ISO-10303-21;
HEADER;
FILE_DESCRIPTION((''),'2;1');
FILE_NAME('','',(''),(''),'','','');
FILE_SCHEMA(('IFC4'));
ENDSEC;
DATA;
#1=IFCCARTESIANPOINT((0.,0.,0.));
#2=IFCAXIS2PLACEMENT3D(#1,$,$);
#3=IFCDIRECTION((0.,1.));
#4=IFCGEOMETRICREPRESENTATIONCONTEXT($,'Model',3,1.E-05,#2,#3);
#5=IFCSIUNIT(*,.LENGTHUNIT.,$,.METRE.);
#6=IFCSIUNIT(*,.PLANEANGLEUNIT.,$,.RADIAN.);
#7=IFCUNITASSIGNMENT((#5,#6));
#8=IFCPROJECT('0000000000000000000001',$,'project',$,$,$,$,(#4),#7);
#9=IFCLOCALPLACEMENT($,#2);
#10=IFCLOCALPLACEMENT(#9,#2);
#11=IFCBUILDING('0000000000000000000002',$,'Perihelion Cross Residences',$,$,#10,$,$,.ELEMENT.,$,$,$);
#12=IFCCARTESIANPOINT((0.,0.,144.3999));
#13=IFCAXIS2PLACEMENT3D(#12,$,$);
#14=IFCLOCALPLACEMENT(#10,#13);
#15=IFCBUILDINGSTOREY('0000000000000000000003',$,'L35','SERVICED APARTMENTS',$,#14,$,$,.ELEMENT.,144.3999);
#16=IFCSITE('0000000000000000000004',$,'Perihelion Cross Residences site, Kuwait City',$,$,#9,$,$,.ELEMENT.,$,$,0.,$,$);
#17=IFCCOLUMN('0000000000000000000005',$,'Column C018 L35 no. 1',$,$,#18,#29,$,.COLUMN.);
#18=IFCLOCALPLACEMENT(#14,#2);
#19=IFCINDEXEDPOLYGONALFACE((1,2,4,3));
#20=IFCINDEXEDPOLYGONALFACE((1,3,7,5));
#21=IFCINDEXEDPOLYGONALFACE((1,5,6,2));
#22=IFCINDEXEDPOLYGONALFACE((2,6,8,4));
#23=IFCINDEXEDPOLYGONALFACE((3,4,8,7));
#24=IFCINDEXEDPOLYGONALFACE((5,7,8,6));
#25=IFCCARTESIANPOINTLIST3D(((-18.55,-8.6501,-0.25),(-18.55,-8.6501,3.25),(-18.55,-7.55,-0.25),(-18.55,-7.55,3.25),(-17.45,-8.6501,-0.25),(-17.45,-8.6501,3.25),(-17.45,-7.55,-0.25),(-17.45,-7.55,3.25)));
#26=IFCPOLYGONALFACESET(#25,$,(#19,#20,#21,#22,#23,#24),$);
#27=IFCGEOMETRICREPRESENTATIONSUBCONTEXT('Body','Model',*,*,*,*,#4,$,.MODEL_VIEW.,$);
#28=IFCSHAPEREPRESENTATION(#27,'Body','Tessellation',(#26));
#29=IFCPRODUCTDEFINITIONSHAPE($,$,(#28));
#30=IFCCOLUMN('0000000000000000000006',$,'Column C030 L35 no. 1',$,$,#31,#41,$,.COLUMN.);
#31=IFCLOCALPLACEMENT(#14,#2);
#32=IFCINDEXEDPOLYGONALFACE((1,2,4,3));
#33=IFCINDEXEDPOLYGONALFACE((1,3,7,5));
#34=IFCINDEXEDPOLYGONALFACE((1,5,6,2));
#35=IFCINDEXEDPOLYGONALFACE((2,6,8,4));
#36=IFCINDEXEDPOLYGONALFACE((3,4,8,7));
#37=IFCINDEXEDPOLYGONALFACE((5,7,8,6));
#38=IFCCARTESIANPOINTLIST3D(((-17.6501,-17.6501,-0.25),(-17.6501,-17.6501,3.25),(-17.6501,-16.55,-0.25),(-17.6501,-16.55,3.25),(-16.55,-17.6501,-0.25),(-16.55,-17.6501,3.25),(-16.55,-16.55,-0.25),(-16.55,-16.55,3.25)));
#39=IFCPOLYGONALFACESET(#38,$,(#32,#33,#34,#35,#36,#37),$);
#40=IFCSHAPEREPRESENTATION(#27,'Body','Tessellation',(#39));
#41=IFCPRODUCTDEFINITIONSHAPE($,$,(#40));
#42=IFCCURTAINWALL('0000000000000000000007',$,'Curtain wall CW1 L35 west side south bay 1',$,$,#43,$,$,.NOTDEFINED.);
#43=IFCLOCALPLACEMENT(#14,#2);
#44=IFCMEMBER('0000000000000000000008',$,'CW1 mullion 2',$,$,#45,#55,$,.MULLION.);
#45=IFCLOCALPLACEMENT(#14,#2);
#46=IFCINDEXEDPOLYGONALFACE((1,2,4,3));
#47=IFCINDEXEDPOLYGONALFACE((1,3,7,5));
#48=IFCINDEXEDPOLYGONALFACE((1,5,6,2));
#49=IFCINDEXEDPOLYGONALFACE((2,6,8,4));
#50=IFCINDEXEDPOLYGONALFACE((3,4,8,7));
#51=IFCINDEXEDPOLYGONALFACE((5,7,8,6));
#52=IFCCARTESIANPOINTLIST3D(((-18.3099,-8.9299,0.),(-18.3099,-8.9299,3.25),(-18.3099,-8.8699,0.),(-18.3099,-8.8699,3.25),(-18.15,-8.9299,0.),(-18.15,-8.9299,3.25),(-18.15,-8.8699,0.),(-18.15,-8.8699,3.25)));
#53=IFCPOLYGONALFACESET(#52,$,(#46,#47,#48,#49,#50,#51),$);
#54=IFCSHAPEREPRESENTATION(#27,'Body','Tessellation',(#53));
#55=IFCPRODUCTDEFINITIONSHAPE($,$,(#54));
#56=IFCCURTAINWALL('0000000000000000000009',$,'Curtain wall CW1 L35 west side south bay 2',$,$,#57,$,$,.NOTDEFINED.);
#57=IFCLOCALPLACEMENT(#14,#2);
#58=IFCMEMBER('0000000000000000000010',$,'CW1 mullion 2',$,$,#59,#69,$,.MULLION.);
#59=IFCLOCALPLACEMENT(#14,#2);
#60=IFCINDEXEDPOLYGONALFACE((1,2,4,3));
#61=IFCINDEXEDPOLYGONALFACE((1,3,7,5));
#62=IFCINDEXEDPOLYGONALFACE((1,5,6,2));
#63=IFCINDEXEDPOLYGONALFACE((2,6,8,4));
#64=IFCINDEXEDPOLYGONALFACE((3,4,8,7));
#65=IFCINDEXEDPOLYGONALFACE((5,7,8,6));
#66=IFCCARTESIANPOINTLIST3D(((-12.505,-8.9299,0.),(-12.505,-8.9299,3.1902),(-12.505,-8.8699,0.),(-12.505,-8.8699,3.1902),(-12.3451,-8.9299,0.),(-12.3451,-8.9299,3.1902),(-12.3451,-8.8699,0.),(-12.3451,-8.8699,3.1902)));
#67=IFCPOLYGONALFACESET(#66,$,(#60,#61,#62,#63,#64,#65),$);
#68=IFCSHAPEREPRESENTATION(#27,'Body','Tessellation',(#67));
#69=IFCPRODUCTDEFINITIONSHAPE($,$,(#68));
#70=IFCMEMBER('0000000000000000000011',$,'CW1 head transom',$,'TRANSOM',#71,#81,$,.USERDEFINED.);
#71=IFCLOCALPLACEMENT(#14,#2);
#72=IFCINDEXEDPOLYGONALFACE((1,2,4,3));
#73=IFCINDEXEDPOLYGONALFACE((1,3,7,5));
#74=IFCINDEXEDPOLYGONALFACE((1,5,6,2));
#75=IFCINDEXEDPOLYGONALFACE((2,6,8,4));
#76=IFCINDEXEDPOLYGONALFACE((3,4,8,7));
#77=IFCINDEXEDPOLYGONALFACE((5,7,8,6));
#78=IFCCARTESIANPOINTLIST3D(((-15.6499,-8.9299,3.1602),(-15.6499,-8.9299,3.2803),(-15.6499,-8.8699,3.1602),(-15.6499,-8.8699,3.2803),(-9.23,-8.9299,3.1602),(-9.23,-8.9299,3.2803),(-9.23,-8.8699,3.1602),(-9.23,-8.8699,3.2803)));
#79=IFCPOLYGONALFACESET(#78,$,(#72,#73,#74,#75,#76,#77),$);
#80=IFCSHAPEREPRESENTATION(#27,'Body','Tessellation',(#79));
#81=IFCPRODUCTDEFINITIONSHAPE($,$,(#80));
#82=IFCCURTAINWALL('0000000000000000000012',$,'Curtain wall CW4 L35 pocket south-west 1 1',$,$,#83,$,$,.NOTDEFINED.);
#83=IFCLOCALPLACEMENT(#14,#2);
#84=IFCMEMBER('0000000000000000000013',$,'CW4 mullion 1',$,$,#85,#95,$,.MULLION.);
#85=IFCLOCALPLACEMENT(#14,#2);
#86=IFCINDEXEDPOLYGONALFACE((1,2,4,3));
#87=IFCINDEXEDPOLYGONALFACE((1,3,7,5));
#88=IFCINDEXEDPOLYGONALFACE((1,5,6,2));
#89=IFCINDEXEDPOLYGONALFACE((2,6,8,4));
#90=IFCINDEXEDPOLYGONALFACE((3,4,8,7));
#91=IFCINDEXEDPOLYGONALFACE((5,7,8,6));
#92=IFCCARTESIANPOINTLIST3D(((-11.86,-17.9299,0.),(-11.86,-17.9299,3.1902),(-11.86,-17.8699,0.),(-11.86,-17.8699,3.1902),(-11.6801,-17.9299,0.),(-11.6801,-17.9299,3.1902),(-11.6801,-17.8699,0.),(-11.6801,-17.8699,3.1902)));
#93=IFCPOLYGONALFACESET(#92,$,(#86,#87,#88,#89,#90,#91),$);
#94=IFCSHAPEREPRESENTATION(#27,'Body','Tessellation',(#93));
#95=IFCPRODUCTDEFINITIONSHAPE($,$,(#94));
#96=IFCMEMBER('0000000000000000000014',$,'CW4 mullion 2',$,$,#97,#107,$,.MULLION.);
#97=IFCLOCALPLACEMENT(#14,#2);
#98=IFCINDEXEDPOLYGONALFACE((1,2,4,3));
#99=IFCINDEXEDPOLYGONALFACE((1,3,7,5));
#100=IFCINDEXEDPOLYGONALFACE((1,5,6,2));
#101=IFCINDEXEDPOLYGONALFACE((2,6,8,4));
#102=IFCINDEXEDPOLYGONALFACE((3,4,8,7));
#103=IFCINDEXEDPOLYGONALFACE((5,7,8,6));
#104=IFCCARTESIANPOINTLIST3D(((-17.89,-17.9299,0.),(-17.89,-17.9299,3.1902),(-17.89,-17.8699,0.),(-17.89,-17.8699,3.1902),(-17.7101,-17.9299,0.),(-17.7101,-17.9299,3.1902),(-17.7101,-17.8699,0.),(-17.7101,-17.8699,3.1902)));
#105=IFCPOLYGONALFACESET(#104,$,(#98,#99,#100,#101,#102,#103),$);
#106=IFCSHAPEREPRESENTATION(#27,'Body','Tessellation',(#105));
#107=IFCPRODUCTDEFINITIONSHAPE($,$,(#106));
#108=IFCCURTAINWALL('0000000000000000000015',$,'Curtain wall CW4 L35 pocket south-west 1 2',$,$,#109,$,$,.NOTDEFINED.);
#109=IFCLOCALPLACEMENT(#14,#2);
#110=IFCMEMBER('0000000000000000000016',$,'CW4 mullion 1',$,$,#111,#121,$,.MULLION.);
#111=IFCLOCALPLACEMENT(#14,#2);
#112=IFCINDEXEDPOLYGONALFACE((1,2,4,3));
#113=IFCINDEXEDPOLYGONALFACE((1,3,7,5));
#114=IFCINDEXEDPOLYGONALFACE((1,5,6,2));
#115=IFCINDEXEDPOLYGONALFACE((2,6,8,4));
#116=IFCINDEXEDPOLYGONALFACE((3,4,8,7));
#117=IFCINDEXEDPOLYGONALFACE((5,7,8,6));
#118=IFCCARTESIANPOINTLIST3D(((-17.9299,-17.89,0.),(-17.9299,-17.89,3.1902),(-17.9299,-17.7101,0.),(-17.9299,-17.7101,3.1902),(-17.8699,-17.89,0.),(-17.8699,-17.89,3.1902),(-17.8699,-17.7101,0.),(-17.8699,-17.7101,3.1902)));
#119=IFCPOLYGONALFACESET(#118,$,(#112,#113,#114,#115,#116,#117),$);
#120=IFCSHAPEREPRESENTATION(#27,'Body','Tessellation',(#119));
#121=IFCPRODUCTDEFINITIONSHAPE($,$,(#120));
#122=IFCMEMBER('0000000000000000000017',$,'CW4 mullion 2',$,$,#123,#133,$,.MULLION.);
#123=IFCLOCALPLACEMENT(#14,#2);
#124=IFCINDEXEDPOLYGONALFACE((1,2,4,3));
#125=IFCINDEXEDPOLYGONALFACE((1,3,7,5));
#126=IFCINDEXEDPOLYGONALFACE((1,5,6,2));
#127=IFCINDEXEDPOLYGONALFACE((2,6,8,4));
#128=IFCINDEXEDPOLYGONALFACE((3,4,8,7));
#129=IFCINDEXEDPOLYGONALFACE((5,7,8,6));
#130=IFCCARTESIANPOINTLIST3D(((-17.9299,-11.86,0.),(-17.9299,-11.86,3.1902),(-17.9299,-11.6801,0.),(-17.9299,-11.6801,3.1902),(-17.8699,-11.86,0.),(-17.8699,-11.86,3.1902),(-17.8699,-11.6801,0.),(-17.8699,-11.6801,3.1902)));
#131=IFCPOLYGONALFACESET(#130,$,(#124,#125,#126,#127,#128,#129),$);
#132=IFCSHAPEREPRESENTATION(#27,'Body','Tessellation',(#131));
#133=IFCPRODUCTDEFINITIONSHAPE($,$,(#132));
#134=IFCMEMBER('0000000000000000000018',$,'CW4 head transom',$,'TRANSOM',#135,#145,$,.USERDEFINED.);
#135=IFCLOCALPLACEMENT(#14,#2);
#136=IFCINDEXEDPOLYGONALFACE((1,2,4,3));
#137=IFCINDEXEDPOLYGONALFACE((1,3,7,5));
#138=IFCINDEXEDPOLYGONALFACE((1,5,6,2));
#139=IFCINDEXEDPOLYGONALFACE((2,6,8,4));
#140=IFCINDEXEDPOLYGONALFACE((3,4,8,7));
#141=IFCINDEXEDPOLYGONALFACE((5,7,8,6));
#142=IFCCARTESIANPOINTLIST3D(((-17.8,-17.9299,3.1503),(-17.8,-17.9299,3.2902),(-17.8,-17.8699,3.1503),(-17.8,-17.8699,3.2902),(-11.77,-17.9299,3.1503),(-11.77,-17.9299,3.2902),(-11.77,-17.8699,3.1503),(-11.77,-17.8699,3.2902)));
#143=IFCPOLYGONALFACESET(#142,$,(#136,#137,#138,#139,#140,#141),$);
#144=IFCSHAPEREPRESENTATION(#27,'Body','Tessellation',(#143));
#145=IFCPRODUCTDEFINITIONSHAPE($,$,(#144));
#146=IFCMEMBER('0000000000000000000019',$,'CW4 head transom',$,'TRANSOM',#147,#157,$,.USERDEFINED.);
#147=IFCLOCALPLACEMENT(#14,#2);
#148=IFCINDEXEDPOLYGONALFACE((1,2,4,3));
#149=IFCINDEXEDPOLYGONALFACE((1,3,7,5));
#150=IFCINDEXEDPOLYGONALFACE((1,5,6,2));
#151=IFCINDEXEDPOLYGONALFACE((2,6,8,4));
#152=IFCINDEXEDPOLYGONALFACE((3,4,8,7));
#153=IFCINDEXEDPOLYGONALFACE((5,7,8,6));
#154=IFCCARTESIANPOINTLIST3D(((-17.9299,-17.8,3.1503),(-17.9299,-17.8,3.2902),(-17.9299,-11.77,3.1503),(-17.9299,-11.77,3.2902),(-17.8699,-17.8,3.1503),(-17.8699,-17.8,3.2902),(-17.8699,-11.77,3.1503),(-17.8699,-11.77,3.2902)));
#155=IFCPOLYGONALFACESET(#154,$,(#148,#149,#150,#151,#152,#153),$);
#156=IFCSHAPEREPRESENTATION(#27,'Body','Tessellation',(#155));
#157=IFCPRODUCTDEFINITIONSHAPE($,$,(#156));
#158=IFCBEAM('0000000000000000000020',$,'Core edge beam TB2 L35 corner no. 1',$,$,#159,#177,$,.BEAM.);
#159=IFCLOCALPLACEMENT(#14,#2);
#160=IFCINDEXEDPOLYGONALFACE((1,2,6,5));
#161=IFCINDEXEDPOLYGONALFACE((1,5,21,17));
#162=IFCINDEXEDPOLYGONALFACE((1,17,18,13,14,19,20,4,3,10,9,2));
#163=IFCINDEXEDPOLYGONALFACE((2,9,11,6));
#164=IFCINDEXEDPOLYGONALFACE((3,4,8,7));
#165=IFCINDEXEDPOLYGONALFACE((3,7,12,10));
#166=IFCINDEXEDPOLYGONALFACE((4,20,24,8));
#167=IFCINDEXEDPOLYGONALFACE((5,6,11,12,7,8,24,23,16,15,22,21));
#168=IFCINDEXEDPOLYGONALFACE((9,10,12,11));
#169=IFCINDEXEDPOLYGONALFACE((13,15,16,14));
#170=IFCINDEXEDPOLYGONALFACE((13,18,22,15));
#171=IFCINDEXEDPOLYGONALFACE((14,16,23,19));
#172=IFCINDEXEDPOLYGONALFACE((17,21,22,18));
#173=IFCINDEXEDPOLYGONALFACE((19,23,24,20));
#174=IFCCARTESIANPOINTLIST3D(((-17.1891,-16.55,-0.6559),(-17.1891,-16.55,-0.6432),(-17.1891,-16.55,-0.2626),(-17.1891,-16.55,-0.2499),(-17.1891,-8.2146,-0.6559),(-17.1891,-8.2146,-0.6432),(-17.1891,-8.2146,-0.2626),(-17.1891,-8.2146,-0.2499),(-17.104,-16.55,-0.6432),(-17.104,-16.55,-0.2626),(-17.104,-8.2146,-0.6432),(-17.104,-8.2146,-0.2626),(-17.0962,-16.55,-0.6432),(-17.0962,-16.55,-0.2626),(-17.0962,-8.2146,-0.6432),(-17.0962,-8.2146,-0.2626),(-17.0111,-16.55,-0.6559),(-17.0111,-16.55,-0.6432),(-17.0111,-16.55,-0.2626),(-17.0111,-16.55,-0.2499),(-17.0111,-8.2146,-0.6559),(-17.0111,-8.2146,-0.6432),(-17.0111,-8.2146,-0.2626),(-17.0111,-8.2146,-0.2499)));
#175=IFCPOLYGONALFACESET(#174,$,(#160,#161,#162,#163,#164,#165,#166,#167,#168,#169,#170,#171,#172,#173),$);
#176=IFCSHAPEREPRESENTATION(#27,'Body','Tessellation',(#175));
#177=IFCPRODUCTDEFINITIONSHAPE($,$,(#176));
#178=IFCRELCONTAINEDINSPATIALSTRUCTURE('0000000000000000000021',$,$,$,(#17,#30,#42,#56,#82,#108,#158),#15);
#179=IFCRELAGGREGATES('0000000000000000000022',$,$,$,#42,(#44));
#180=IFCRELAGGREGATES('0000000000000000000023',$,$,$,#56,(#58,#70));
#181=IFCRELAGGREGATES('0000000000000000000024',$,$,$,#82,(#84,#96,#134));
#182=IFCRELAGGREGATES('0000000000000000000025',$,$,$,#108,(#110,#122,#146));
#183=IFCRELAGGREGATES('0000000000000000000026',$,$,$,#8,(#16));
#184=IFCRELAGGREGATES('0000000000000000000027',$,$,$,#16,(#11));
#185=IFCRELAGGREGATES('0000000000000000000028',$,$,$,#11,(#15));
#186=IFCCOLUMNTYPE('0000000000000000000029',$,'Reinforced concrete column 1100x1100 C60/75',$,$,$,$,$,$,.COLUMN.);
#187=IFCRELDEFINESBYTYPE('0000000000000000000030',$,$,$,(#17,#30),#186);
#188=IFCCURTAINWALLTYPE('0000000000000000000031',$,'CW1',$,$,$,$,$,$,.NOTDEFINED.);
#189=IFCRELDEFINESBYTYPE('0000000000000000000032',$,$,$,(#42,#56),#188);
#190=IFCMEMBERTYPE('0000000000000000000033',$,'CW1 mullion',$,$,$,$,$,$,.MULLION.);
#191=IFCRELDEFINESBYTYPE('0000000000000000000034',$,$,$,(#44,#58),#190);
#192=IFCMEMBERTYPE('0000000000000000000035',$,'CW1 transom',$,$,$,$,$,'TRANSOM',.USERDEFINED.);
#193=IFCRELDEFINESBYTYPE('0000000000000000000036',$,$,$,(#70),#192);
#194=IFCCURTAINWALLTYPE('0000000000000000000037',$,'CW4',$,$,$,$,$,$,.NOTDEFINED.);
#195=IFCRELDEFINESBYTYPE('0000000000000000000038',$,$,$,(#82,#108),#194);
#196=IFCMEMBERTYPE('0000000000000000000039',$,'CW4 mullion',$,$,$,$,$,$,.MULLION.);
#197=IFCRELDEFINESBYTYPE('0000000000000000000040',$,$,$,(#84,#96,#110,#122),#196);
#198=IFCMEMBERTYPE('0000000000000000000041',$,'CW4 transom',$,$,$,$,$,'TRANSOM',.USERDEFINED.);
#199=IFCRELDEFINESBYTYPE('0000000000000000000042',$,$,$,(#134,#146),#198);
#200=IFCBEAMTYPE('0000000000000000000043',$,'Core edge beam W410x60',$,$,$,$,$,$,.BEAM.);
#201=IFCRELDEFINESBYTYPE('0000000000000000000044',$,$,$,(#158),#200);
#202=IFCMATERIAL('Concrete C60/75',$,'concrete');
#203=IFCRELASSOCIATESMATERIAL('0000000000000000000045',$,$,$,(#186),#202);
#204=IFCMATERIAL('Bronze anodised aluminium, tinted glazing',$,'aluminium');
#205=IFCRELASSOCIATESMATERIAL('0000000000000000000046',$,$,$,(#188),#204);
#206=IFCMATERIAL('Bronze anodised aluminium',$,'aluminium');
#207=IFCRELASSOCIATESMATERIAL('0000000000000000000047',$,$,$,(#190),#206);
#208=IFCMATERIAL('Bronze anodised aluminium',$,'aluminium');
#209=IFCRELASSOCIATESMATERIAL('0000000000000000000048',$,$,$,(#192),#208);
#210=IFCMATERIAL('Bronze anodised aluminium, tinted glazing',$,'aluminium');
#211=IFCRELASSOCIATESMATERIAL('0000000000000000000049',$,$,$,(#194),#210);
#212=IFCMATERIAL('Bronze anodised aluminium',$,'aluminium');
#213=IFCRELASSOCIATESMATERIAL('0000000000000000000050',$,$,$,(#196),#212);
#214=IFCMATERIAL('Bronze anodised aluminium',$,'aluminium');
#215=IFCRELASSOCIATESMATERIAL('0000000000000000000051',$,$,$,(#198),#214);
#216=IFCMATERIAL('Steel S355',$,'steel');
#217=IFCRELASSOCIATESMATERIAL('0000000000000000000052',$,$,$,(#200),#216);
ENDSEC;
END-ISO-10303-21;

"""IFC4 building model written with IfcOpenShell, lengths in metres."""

from ifc_helpers import new_model, si_unit, direction, frame, origin, origin_2d, place, context, subcontext, project, spatial, rectangle, i_section, extrude, material, material_profile, profile_set, type_object, element, aggregate, save


model = new_model("IFC4")

# Units and contexts
model_context = context("Model", 3, precision=1e-05, world=origin(), true_north=direction((0.0, 1.0)))
body_context = subcontext(model_context, "Body", "Model", "MODEL_VIEW")
ifc_project = project(units=[si_unit("LENGTHUNIT", "METRE"), si_unit("PLANEANGLEUNIT", "RADIAN")], contexts=[model_context])

# Site, building, storey
site_placement = place(None, origin())
site = spatial("IfcSite", under=ifc_project, at=site_placement, Name="Perihelion Cross Residences site, Kuwait City", CompositionType="ELEMENT", RefElevation=0.0)
building_placement = place(site_placement, origin())
building = spatial("IfcBuilding", under=site, at=building_placement, Name="Perihelion Cross Residences", CompositionType="ELEMENT")
storey_placement = place(building_placement, frame((0.0, 0.0, 144.3999)))
storey = spatial("IfcBuildingStorey", under=building, at=storey_placement, Name="L35", Description="SERVICED APARTMENTS", CompositionType="ELEMENT", Elevation=144.3999)

# Columns
ifc_material_1 = material(Name="Concrete C60/75", Category="concrete")
ifc_material_profile_1 = material_profile(ifc_material_1, rectangle(XDim=1.1001, YDim=1.1001, at=origin_2d()), Name="RC 1100x1100")
ifc_profile_set_1 = profile_set([ifc_material_profile_1], Name="Concrete C60/75")
column_type = type_object("IfcColumnType", Name="Reinforced concrete column 1100x1100 C60/75", PredefinedType="COLUMN", material=ifc_profile_set_1)
for number, where, z_axis, x_axis, name in (
    (1, (-18.0, -8.1001, -0.25), (0.0, 0.0, 1.0), (1.0, 0.0, 0.0), "Column C018 L35 no. 1"),
    (2, (-17.1001, -17.1001, -0.25), (0.0, 0.0, 1.0), (1.0, 0.0, 0.0), "Column C030 L35 no. 1"),
):
    element("IfcColumn", number, at=place(storey_placement, frame(where, z_axis=z_axis, x_axis=x_axis)), inside=storey, type_object=column_type, Name=name, PredefinedType="COLUMN", context=body_context, shape_type="SweptSolid", body=[
        extrude(rectangle(XDim=1.1001, YDim=1.1001, at=origin_2d()), origin(), (0.0, 0.0, 1.0), 3.5),
    ])

# Curtain wall, member
ifc_material_2 = material(Name="Bronze anodised aluminium, tinted glazing", Category="aluminium")
curtain_wall_type_1 = type_object("IfcCurtainWallType", Name="CW1", PredefinedType="NOTDEFINED", material=ifc_material_2)
curtain_wall_1_placement = place(storey_placement, origin())
curtain_wall_1 = element("IfcCurtainWall", 3, at=curtain_wall_1_placement, inside=storey, type_object=curtain_wall_type_1, Name="Curtain wall CW1 L35 west side south bay 1", PredefinedType="NOTDEFINED")
ifc_material_3 = material(Name="Bronze anodised aluminium", Category="aluminium")
ifc_material_profile_2 = material_profile(ifc_material_3, rectangle(XDim=0.0601, YDim=0.1599, at=origin_2d()), Name="CW1 mullion")
ifc_profile_set_2 = profile_set([ifc_material_profile_2], Name="Bronze anodised aluminium")
member_type_1 = type_object("IfcMemberType", Name="CW1 mullion", PredefinedType="MULLION", material=ifc_profile_set_2)
member_1_placement = place(storey_placement, frame((-18.23, -8.8999, 0.0), z_axis=(0.0, 0.0, 1.0), x_axis=(0.0, 1.0, 0.0)))
member_1 = element("IfcMember", 4, at=member_1_placement, type_object=member_type_1, Name="CW1 mullion 2", PredefinedType="MULLION", context=body_context, shape_type="SweptSolid", body=[
    extrude(rectangle(XDim=0.0601, YDim=0.1599, at=origin_2d()), origin(), (0.0, 0.0, 1.0), 3.25),
])

# Curtain walls, members
curtain_wall_2_placement = place(storey_placement, origin())
curtain_wall_2 = element("IfcCurtainWall", 5, at=curtain_wall_2_placement, inside=storey, type_object=curtain_wall_type_1, Name="Curtain wall CW1 L35 west side south bay 2", PredefinedType="NOTDEFINED")
member_2_placement = place(storey_placement, frame((-12.425, -8.8999, 0.0), z_axis=(0.0, 0.0, 1.0), x_axis=(0.0, 1.0, 0.0)))
member_2 = element("IfcMember", 6, at=member_2_placement, type_object=member_type_1, Name="CW1 mullion 2", PredefinedType="MULLION", context=body_context, shape_type="SweptSolid", body=[
    extrude(rectangle(XDim=0.0601, YDim=0.1599, at=origin_2d()), origin(), (0.0, 0.0, 1.0), 3.1902),
])
ifc_material_4 = material(Name="Bronze anodised aluminium", Category="aluminium")
ifc_material_profile_3 = material_profile(ifc_material_4, rectangle(XDim=0.0601, YDim=0.1201, at=origin_2d()), Name="CW1 transom")
ifc_profile_set_3 = profile_set([ifc_material_profile_3], Name="Bronze anodised aluminium")
member_type_2 = type_object("IfcMemberType", Name="CW1 transom", ElementType="TRANSOM", PredefinedType="USERDEFINED", material=ifc_profile_set_3)
member_3_placement = place(storey_placement, frame((-15.6499, -8.8999, 3.2202), z_axis=(1.0, 0.0, 0.0), x_axis=(0.0, 1.0, 0.0)))
member_3 = element("IfcMember", 7, at=member_3_placement, type_object=member_type_2, Name="CW1 head transom", ObjectType="TRANSOM", PredefinedType="USERDEFINED", context=body_context, shape_type="SweptSolid", body=[
    extrude(rectangle(XDim=0.0601, YDim=0.1201, at=origin_2d()), origin(), (0.0, 0.0, 1.0), 6.4199),
])
ifc_material_5 = material(Name="Bronze anodised aluminium, tinted glazing", Category="aluminium")
curtain_wall_type_2 = type_object("IfcCurtainWallType", Name="CW4", PredefinedType="NOTDEFINED", material=ifc_material_5)
curtain_wall_3_placement = place(storey_placement, origin())
curtain_wall_3 = element("IfcCurtainWall", 8, at=curtain_wall_3_placement, inside=storey, type_object=curtain_wall_type_2, Name="Curtain wall CW4 L35 pocket south-west 1 1", PredefinedType="NOTDEFINED")
ifc_material_6 = material(Name="Bronze anodised aluminium", Category="aluminium")
ifc_material_profile_4 = material_profile(ifc_material_6, rectangle(XDim=0.0601, YDim=0.1799, at=origin_2d()), Name="CW4 mullion")
ifc_profile_set_4 = profile_set([ifc_material_profile_4], Name="Bronze anodised aluminium")
member_type_3 = type_object("IfcMemberType", Name="CW4 mullion", PredefinedType="MULLION", material=ifc_profile_set_4)
member_4_placement = place(storey_placement, frame((-11.77, -17.8999, 0.0), z_axis=(0.0, 0.0, 1.0), x_axis=(0.0, -1.0, 0.0)))
member_4 = element("IfcMember", 9, at=member_4_placement, type_object=member_type_3, Name="CW4 mullion 1", PredefinedType="MULLION", context=body_context, shape_type="SweptSolid", body=[
    extrude(rectangle(XDim=0.0601, YDim=0.1799, at=origin_2d()), origin(), (0.0, 0.0, 1.0), 3.1902),
])
member_5_placement = place(storey_placement, frame((-17.8, -17.8999, 0.0), z_axis=(0.0, 0.0, 1.0), x_axis=(0.0, -1.0, 0.0)))
member_5 = element("IfcMember", 10, at=member_5_placement, type_object=member_type_3, Name="CW4 mullion 2", PredefinedType="MULLION", context=body_context, shape_type="SweptSolid", body=[
    extrude(rectangle(XDim=0.0601, YDim=0.1799, at=origin_2d()), origin(), (0.0, 0.0, 1.0), 3.1902),
])
curtain_wall_4_placement = place(storey_placement, origin())
curtain_wall_4 = element("IfcCurtainWall", 11, at=curtain_wall_4_placement, inside=storey, type_object=curtain_wall_type_2, Name="Curtain wall CW4 L35 pocket south-west 1 2", PredefinedType="NOTDEFINED")
member_6_placement = place(storey_placement, frame((-17.8999, -17.8, 0.0), z_axis=(0.0, 0.0, 1.0), x_axis=(-1.0, 0.0, 0.0)))
member_6 = element("IfcMember", 12, at=member_6_placement, type_object=member_type_3, Name="CW4 mullion 1", PredefinedType="MULLION", context=body_context, shape_type="SweptSolid", body=[
    extrude(rectangle(XDim=0.0601, YDim=0.1799, at=origin_2d()), origin(), (0.0, 0.0, 1.0), 3.1902),
])
member_7_placement = place(storey_placement, frame((-17.8999, -11.77, 0.0), z_axis=(0.0, 0.0, 1.0), x_axis=(-1.0, 0.0, 0.0)))
member_7 = element("IfcMember", 13, at=member_7_placement, type_object=member_type_3, Name="CW4 mullion 2", PredefinedType="MULLION", context=body_context, shape_type="SweptSolid", body=[
    extrude(rectangle(XDim=0.0601, YDim=0.1799, at=origin_2d()), origin(), (0.0, 0.0, 1.0), 3.1902),
])

# Members
ifc_material_7 = material(Name="Bronze anodised aluminium", Category="aluminium")
ifc_material_profile_5 = material_profile(ifc_material_7, rectangle(XDim=0.0601, YDim=0.1399, at=origin_2d()), Name="CW4 transom")
ifc_profile_set_5 = profile_set([ifc_material_profile_5], Name="Bronze anodised aluminium")
member_type_4 = type_object("IfcMemberType", Name="CW4 transom", ElementType="TRANSOM", PredefinedType="USERDEFINED", material=ifc_profile_set_5)
member_8_placement = place(storey_placement, frame((-11.77, -17.8999, 3.2202), z_axis=(-1.0, 0.0, 0.0), x_axis=(0.0, -1.0, 0.0)))
member_8 = element("IfcMember", 14, at=member_8_placement, type_object=member_type_4, Name="CW4 head transom", ObjectType="TRANSOM", PredefinedType="USERDEFINED", context=body_context, shape_type="SweptSolid", body=[
    extrude(rectangle(XDim=0.0601, YDim=0.1399, at=origin_2d()), origin(), (0.0, 0.0, 1.0), 6.03),
])
member_9_placement = place(storey_placement, frame((-17.8999, -17.8, 3.2202), z_axis=(0.0, 1.0, 0.0), x_axis=(-1.0, 0.0, 0.0)))
member_9 = element("IfcMember", 15, at=member_9_placement, type_object=member_type_4, Name="CW4 head transom", ObjectType="TRANSOM", PredefinedType="USERDEFINED", context=body_context, shape_type="SweptSolid", body=[
    extrude(rectangle(XDim=0.0601, YDim=0.1399, at=origin_2d()), origin(), (0.0, 0.0, 1.0), 6.03),
])

# Beam
ifc_material_8 = material(Name="Steel S355", Category="steel")
ifc_material_profile_6 = material_profile(ifc_material_8, i_section(OverallWidth=0.178, OverallDepth=0.406, WebThickness=0.0078, FlangeThickness=0.0127, at=origin_2d()), Name="W410x60")
ifc_profile_set_6 = profile_set([ifc_material_profile_6], Name="Steel S355")
beam_type_1 = type_object("IfcBeamType", Name="Core edge beam W410x60", PredefinedType="BEAM", material=ifc_profile_set_6)
beam_1_placement = place(storey_placement, frame((-17.1001, -8.2146, -0.4529), z_axis=(0.0, -1.0, 0.0), x_axis=(1.0, 0.0, 0.0)))
element("IfcBeam", 16, at=beam_1_placement, inside=storey, type_object=beam_type_1, Name="Core edge beam TB2 L35 corner no. 1", PredefinedType="BEAM", context=body_context, shape_type="SweptSolid", body=[
    extrude(i_section(OverallWidth=0.178, OverallDepth=0.406, WebThickness=0.0078, FlangeThickness=0.0127, at=origin_2d()), origin(), (0.0, 0.0, 1.0), 8.3354),
])

aggregate(curtain_wall_1, [member_1])
aggregate(curtain_wall_2, [member_2, member_3])
aggregate(curtain_wall_3, [member_4, member_5, member_8])
aggregate(curtain_wall_4, [member_6, member_7, member_9])

save(model, "model.ifc")
